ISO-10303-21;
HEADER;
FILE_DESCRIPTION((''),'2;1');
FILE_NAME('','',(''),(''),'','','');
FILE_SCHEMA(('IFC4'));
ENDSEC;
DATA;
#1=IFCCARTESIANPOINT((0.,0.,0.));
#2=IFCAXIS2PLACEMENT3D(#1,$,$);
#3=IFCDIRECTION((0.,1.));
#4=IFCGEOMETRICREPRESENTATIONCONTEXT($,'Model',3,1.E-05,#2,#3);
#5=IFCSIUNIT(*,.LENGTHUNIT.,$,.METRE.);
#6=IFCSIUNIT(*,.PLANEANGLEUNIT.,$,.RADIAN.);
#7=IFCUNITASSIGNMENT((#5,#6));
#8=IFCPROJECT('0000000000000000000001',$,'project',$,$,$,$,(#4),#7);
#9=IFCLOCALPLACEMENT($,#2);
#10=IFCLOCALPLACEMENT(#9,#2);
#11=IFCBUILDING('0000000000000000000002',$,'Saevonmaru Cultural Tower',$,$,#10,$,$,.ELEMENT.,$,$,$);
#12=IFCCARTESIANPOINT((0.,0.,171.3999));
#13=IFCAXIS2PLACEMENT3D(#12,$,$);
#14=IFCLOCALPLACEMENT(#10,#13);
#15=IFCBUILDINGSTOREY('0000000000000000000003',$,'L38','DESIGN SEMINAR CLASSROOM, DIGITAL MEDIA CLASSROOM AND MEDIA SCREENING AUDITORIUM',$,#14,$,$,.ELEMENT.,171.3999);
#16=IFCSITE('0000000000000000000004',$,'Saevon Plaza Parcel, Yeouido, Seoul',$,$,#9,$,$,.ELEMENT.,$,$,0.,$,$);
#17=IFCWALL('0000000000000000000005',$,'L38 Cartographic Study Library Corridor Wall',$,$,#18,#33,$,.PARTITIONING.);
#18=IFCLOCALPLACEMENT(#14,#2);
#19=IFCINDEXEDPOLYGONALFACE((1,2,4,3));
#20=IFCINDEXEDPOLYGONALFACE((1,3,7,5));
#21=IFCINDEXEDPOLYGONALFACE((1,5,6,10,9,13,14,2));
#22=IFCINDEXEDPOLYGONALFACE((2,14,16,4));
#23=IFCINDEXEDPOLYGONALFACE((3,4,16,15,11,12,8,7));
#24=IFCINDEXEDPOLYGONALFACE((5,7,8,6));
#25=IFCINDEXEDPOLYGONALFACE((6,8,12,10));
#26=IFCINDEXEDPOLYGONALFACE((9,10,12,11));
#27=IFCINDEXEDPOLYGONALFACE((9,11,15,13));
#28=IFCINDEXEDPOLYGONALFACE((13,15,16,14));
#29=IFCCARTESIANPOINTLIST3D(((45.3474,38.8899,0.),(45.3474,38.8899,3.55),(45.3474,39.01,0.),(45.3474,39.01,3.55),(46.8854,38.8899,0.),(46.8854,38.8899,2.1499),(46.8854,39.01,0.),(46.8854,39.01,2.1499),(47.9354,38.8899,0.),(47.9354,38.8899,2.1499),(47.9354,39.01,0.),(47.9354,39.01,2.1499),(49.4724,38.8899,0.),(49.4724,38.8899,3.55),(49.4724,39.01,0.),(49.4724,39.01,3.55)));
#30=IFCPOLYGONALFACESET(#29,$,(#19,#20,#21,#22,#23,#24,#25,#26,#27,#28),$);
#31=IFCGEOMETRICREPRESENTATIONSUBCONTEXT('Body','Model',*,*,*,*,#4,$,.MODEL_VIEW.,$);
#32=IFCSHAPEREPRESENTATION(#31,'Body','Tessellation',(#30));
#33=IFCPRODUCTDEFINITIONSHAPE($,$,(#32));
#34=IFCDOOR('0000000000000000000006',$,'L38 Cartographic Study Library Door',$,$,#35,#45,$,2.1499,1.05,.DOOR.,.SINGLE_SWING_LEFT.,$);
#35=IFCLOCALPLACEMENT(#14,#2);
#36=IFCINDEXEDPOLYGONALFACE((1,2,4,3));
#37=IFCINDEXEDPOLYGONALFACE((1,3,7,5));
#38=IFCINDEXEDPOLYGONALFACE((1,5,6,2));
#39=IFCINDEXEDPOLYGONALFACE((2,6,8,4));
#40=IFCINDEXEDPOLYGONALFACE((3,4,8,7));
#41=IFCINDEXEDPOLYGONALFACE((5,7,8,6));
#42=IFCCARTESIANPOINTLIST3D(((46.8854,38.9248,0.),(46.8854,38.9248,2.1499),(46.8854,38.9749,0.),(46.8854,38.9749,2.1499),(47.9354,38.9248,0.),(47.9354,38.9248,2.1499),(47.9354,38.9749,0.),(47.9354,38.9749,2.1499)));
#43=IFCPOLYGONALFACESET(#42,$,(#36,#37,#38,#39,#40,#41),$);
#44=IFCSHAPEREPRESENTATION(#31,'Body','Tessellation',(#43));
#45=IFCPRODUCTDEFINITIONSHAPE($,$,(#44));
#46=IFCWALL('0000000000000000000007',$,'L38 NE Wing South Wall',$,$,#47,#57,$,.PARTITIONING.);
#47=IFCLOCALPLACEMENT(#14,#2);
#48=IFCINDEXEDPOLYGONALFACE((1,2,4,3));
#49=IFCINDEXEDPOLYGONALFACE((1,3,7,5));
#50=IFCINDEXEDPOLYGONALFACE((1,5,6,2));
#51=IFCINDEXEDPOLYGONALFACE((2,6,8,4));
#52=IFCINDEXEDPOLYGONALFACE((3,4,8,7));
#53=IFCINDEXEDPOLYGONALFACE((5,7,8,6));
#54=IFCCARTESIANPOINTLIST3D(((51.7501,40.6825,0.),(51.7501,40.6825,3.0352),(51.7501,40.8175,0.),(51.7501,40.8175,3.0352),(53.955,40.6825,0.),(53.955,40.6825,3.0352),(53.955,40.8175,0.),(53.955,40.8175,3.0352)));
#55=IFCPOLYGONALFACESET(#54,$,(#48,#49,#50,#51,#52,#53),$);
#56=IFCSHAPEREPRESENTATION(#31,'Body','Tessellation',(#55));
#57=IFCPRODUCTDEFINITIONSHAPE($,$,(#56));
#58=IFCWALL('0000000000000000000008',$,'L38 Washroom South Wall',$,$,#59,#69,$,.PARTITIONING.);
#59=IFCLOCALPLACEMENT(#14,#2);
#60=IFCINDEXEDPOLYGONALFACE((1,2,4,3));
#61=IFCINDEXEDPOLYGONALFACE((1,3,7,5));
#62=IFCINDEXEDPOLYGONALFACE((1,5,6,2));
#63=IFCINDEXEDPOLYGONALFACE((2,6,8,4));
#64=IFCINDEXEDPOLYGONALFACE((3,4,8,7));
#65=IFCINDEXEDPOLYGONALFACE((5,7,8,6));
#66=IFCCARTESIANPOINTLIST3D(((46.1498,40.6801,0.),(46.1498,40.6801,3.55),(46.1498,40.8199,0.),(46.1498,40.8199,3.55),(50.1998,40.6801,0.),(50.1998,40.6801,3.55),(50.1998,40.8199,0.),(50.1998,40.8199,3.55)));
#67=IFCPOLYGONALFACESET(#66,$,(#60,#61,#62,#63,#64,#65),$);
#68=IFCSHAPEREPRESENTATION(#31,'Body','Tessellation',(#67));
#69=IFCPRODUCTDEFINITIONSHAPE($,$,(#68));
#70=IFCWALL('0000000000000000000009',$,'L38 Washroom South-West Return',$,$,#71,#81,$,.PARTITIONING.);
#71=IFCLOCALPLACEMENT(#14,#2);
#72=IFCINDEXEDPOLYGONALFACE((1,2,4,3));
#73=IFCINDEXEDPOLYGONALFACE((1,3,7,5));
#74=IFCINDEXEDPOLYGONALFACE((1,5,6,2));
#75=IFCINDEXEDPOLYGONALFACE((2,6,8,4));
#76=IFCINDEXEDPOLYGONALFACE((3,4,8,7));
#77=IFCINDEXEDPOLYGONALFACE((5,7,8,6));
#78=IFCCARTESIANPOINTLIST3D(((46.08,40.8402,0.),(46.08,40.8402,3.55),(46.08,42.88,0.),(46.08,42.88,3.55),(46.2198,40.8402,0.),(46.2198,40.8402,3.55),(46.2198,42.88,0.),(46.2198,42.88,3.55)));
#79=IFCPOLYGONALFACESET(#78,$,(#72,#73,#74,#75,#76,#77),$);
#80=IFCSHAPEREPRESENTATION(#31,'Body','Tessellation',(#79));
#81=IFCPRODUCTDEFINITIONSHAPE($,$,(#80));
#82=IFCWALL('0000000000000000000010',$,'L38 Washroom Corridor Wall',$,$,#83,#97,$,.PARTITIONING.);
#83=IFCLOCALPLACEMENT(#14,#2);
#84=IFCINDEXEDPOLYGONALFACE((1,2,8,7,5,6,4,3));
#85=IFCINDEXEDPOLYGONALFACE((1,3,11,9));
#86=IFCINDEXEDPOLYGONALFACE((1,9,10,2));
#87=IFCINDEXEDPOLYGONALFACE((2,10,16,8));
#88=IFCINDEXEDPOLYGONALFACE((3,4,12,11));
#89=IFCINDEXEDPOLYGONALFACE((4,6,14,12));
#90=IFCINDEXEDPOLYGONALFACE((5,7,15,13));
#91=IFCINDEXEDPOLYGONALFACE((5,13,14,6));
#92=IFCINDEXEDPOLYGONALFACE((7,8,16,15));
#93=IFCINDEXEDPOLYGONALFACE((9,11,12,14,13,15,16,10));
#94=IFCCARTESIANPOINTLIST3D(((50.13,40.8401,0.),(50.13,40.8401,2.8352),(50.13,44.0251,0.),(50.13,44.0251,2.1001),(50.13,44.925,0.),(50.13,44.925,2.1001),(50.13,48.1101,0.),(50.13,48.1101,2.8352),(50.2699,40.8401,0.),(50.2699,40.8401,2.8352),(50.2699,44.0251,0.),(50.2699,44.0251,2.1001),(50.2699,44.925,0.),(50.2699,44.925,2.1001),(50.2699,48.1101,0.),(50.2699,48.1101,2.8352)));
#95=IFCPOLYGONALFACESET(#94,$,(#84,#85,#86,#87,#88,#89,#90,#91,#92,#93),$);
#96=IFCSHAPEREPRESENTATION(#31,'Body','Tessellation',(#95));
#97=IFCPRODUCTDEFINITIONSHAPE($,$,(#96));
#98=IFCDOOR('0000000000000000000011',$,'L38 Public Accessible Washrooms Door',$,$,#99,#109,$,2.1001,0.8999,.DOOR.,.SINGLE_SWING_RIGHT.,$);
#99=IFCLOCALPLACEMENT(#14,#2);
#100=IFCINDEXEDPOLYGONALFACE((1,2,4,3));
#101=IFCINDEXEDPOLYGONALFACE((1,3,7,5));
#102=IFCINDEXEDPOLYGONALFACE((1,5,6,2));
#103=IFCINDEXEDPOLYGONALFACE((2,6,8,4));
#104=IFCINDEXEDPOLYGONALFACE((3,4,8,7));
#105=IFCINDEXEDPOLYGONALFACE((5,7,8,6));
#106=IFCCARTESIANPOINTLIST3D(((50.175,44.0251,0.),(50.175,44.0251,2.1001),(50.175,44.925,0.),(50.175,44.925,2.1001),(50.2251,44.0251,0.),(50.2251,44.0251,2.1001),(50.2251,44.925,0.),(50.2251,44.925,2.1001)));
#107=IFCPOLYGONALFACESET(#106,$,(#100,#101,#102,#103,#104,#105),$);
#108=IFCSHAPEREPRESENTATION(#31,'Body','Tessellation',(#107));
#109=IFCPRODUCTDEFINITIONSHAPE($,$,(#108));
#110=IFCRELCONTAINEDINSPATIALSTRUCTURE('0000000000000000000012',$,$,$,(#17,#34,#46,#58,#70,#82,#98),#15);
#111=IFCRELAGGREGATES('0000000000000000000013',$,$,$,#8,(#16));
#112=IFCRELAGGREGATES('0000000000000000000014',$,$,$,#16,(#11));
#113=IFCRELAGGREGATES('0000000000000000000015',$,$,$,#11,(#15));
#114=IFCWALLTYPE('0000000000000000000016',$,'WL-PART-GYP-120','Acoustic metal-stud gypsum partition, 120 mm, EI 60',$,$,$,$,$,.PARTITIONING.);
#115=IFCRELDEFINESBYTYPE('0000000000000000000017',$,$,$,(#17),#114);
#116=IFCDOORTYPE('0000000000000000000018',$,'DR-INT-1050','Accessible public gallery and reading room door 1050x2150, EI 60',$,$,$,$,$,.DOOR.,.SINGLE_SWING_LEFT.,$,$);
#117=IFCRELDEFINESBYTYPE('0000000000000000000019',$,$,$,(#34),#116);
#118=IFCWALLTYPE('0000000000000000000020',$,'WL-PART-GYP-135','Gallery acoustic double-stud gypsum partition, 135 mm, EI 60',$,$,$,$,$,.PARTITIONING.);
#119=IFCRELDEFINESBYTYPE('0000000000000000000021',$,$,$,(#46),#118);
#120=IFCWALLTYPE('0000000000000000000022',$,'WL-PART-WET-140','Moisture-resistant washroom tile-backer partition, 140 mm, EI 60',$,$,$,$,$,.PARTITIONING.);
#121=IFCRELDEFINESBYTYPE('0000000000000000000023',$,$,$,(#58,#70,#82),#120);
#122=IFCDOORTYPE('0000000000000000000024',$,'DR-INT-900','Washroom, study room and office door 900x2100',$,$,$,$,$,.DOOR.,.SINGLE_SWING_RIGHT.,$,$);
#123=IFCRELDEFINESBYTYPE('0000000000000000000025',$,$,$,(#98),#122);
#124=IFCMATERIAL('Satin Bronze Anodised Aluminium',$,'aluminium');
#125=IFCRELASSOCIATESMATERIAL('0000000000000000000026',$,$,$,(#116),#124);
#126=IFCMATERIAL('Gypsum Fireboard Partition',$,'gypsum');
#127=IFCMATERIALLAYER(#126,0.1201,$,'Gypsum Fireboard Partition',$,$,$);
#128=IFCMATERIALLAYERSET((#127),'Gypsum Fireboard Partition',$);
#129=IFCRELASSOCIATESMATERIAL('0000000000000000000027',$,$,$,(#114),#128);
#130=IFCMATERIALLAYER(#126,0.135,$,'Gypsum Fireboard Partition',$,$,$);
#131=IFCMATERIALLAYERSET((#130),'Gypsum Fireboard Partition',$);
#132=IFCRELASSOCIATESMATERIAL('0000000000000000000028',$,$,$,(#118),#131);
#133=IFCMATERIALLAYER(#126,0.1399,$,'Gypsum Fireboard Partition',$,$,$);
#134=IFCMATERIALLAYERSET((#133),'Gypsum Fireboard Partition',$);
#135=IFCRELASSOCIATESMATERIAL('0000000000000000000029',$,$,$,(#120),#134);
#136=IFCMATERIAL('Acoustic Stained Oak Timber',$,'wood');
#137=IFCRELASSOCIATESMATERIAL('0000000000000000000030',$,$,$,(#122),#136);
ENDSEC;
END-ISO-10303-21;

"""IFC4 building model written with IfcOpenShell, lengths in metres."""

from ifc_helpers import new_model, si_unit, direction, frame, frame_2d, origin, place, context, subcontext, project, spatial, rectangle, extrude, material, layer, layer_set, type_object, element, fill, save


model = new_model("IFC4")

# Units and contexts
model_context = context("Model", 3, precision=1e-05, world=origin(), true_north=direction((0.0, 1.0)))
body_context = subcontext(model_context, "Body", "Model", "MODEL_VIEW")
ifc_project = project(units=[si_unit("LENGTHUNIT", "METRE"), si_unit("PLANEANGLEUNIT", "RADIAN")], contexts=[model_context])

# Site, building, storey
site_placement = place(None, origin())
site = spatial("IfcSite", under=ifc_project, at=site_placement, Name="Saevon Plaza Parcel, Yeouido, Seoul", CompositionType="ELEMENT", RefElevation=0.0)
building_placement = place(site_placement, origin())
building = spatial("IfcBuilding", under=site, at=building_placement, Name="Saevonmaru Cultural Tower", CompositionType="ELEMENT")
storey_placement = place(building_placement, frame((0.0, 0.0, 171.3999)))
storey = spatial("IfcBuildingStorey", under=building, at=storey_placement, Name="L38", Description="DESIGN SEMINAR CLASSROOM, DIGITAL MEDIA CLASSROOM AND MEDIA SCREENING AUDITORIUM", CompositionType="ELEMENT", Elevation=171.3999)

# Shared definitions
ifc_material_1 = material(Name="Satin Bronze Anodised Aluminium", Category="aluminium")

# Shared definitions
ifc_material_2 = material(Name="Gypsum Fireboard Partition", Category="gypsum")
door_type_1 = type_object("IfcDoorType", Name="DR-INT-1050", Description="Accessible public gallery and reading room door 1050x2150, EI 60", OperationType="SINGLE_SWING_LEFT", PredefinedType="DOOR", material=ifc_material_1)

# Wall, opening, door
ifc_material_3 = material(Name="Acoustic Stained Oak Timber", Category="wood")
ifc_layer_1 = layer(ifc_material_2, 0.1201, Name="Gypsum Fireboard Partition")
ifc_layer_set_1 = layer_set([ifc_layer_1], Name="Gypsum Fireboard Partition")
wall_type_1 = type_object("IfcWallType", Name="WL-PART-GYP-120", Description="Acoustic metal-stud gypsum partition, 120 mm, EI 60", PredefinedType="PARTITIONING", material=ifc_layer_set_1)
wall_1_placement = place(storey_placement, frame((45.3474, 38.95, 0.0), z_axis=(0.0, 0.0, 1.0), x_axis=(1.0, 0.0, 0.0)))
wall_1 = element("IfcWall", 1, at=wall_1_placement, inside=storey, type_object=wall_type_1, Name="L38 Cartographic Study Library Corridor Wall", PredefinedType="PARTITIONING", context=body_context, shape_type="SweptSolid", body=[
    extrude(rectangle(XDim=4.125, YDim=0.1201, at=frame_2d((2.0625, 0.0))), origin(), (0.0, 0.0, 1.0), 3.55),
])
opening_1_placement = place(wall_1_placement, frame((1.5381, 0.0, 0.0)))
opening_1 = element("IfcOpeningElement", 2, at=opening_1_placement, cuts=wall_1, PredefinedType="OPENING", context=body_context, shape_type="SweptSolid", body=[
    extrude(rectangle(XDim=1.05, YDim=2.1499, at=frame_2d((0.5249, 1.075))), frame((0.0, 0.0701, 0.0), z_axis=(0.0, -1.0, 0.0), x_axis=(1.0, 0.0, 0.0)), (0.0, 0.0, 1.0), 0.1401),
])
door_1_placement = place(opening_1_placement, origin())
door_1 = element("IfcDoor", 3, at=door_1_placement, inside=storey, type_object=door_type_1, Name="L38 Cartographic Study Library Door", OperationType="SINGLE_SWING_LEFT", OverallHeight=2.1499, OverallWidth=1.05, PredefinedType="DOOR", context=body_context, shape_type="SweptSolid", body=[
    extrude(rectangle(XDim=1.05, YDim=2.1499, at=frame_2d((0.5249, 1.075))), frame((0.0, 0.0249, 0.0), z_axis=(0.0, -1.0, 0.0), x_axis=(1.0, 0.0, 0.0)), (0.0, 0.0, 1.0), 0.05),
])
fill(opening_1, door_1)

# Walls
ifc_layer_2 = layer(ifc_material_2, 0.135, Name="Gypsum Fireboard Partition")
ifc_layer_set_2 = layer_set([ifc_layer_2], Name="Gypsum Fireboard Partition")
wall_type_2 = type_object("IfcWallType", Name="WL-PART-GYP-135", Description="Gallery acoustic double-stud gypsum partition, 135 mm, EI 60", PredefinedType="PARTITIONING", material=ifc_layer_set_2)
wall_2_placement = place(storey_placement, frame((51.75, 40.75, 0.0), z_axis=(0.0, 0.0, 1.0), x_axis=(1.0, 0.0, 0.0)))
element("IfcWall", 4, at=wall_2_placement, inside=storey, type_object=wall_type_2, Name="L38 NE Wing South Wall", PredefinedType="PARTITIONING", context=body_context, shape_type="SweptSolid", body=[
    extrude(rectangle(XDim=2.2048, YDim=0.135, at=frame_2d((1.1025, 0.0))), origin(), (0.0, 0.0, 1.0), 3.0352),
])
ifc_layer_3 = layer(ifc_material_2, 0.1399, Name="Gypsum Fireboard Partition")
ifc_layer_set_3 = layer_set([ifc_layer_3], Name="Gypsum Fireboard Partition")
wall_type_3 = type_object("IfcWallType", Name="WL-PART-WET-140", Description="Moisture-resistant washroom tile-backer partition, 140 mm, EI 60", PredefinedType="PARTITIONING", material=ifc_layer_set_3)
wall_3_placement = place(storey_placement, frame((46.1499, 40.75, 0.0), z_axis=(0.0, 0.0, 1.0), x_axis=(1.0, 0.0, 0.0)))
element("IfcWall", 5, at=wall_3_placement, inside=storey, type_object=wall_type_3, Name="L38 Washroom South Wall", PredefinedType="PARTITIONING", context=body_context, shape_type="SweptSolid", body=[
    extrude(rectangle(XDim=4.05, YDim=0.1399, at=frame_2d((2.0249, 0.0))), origin(), (0.0, 0.0, 1.0), 3.55),
])
wall_4_placement = place(storey_placement, frame((46.1499, 40.8401, 0.0), z_axis=(0.0, 0.0, 1.0), x_axis=(0.0, 1.0, 0.0)))
element("IfcWall", 6, at=wall_4_placement, inside=storey, type_object=wall_type_3, Name="L38 Washroom South-West Return", PredefinedType="PARTITIONING", context=body_context, shape_type="SweptSolid", body=[
    extrude(rectangle(XDim=2.0398, YDim=0.1399, at=frame_2d((1.02, 0.0))), origin(), (0.0, 0.0, 1.0), 3.55),
])

# Wall, opening, door
wall_5_placement = place(storey_placement, frame((50.2, 40.8401, 0.0), z_axis=(0.0, 0.0, 1.0), x_axis=(0.0, 1.0, 0.0)))
wall_5 = element("IfcWall", 7, at=wall_5_placement, inside=storey, type_object=wall_type_3, Name="L38 Washroom Corridor Wall", PredefinedType="PARTITIONING", context=body_context, shape_type="SweptSolid", body=[
    extrude(rectangle(XDim=7.27, YDim=0.1399, at=frame_2d((3.635, 0.0))), origin(), (0.0, 0.0, 1.0), 2.8352),
])
opening_2_placement = place(wall_5_placement, frame((3.1851, 0.0, 0.0)))
opening_2 = element("IfcOpeningElement", 8, at=opening_2_placement, cuts=wall_5, PredefinedType="OPENING", context=body_context, shape_type="SweptSolid", body=[
    extrude(rectangle(XDim=0.8999, YDim=2.1001, at=frame_2d((0.45, 1.05))), frame((0.0, 0.0801, 0.0), z_axis=(0.0, -1.0, 0.0), x_axis=(1.0, 0.0, 0.0)), (0.0, 0.0, 1.0), 0.1599),
])
door_type_2 = type_object("IfcDoorType", Name="DR-INT-900", Description="Washroom, study room and office door 900x2100", OperationType="SINGLE_SWING_RIGHT", PredefinedType="DOOR", material=ifc_material_3)
door_2_placement = place(opening_2_placement, origin())
door_2 = element("IfcDoor", 9, at=door_2_placement, inside=storey, type_object=door_type_2, Name="L38 Public Accessible Washrooms Door", OperationType="SINGLE_SWING_RIGHT", OverallHeight=2.1001, OverallWidth=0.8999, PredefinedType="DOOR", context=body_context, shape_type="SweptSolid", body=[
    extrude(rectangle(XDim=0.8999, YDim=2.1001, at=frame_2d((0.45, 1.05))), frame((0.0, 0.0249, 0.0), z_axis=(0.0, -1.0, 0.0), x_axis=(1.0, 0.0, 0.0)), (0.0, 0.0, 1.0), 0.05),
])
fill(opening_2, door_2)

save(model, "model.ifc")
